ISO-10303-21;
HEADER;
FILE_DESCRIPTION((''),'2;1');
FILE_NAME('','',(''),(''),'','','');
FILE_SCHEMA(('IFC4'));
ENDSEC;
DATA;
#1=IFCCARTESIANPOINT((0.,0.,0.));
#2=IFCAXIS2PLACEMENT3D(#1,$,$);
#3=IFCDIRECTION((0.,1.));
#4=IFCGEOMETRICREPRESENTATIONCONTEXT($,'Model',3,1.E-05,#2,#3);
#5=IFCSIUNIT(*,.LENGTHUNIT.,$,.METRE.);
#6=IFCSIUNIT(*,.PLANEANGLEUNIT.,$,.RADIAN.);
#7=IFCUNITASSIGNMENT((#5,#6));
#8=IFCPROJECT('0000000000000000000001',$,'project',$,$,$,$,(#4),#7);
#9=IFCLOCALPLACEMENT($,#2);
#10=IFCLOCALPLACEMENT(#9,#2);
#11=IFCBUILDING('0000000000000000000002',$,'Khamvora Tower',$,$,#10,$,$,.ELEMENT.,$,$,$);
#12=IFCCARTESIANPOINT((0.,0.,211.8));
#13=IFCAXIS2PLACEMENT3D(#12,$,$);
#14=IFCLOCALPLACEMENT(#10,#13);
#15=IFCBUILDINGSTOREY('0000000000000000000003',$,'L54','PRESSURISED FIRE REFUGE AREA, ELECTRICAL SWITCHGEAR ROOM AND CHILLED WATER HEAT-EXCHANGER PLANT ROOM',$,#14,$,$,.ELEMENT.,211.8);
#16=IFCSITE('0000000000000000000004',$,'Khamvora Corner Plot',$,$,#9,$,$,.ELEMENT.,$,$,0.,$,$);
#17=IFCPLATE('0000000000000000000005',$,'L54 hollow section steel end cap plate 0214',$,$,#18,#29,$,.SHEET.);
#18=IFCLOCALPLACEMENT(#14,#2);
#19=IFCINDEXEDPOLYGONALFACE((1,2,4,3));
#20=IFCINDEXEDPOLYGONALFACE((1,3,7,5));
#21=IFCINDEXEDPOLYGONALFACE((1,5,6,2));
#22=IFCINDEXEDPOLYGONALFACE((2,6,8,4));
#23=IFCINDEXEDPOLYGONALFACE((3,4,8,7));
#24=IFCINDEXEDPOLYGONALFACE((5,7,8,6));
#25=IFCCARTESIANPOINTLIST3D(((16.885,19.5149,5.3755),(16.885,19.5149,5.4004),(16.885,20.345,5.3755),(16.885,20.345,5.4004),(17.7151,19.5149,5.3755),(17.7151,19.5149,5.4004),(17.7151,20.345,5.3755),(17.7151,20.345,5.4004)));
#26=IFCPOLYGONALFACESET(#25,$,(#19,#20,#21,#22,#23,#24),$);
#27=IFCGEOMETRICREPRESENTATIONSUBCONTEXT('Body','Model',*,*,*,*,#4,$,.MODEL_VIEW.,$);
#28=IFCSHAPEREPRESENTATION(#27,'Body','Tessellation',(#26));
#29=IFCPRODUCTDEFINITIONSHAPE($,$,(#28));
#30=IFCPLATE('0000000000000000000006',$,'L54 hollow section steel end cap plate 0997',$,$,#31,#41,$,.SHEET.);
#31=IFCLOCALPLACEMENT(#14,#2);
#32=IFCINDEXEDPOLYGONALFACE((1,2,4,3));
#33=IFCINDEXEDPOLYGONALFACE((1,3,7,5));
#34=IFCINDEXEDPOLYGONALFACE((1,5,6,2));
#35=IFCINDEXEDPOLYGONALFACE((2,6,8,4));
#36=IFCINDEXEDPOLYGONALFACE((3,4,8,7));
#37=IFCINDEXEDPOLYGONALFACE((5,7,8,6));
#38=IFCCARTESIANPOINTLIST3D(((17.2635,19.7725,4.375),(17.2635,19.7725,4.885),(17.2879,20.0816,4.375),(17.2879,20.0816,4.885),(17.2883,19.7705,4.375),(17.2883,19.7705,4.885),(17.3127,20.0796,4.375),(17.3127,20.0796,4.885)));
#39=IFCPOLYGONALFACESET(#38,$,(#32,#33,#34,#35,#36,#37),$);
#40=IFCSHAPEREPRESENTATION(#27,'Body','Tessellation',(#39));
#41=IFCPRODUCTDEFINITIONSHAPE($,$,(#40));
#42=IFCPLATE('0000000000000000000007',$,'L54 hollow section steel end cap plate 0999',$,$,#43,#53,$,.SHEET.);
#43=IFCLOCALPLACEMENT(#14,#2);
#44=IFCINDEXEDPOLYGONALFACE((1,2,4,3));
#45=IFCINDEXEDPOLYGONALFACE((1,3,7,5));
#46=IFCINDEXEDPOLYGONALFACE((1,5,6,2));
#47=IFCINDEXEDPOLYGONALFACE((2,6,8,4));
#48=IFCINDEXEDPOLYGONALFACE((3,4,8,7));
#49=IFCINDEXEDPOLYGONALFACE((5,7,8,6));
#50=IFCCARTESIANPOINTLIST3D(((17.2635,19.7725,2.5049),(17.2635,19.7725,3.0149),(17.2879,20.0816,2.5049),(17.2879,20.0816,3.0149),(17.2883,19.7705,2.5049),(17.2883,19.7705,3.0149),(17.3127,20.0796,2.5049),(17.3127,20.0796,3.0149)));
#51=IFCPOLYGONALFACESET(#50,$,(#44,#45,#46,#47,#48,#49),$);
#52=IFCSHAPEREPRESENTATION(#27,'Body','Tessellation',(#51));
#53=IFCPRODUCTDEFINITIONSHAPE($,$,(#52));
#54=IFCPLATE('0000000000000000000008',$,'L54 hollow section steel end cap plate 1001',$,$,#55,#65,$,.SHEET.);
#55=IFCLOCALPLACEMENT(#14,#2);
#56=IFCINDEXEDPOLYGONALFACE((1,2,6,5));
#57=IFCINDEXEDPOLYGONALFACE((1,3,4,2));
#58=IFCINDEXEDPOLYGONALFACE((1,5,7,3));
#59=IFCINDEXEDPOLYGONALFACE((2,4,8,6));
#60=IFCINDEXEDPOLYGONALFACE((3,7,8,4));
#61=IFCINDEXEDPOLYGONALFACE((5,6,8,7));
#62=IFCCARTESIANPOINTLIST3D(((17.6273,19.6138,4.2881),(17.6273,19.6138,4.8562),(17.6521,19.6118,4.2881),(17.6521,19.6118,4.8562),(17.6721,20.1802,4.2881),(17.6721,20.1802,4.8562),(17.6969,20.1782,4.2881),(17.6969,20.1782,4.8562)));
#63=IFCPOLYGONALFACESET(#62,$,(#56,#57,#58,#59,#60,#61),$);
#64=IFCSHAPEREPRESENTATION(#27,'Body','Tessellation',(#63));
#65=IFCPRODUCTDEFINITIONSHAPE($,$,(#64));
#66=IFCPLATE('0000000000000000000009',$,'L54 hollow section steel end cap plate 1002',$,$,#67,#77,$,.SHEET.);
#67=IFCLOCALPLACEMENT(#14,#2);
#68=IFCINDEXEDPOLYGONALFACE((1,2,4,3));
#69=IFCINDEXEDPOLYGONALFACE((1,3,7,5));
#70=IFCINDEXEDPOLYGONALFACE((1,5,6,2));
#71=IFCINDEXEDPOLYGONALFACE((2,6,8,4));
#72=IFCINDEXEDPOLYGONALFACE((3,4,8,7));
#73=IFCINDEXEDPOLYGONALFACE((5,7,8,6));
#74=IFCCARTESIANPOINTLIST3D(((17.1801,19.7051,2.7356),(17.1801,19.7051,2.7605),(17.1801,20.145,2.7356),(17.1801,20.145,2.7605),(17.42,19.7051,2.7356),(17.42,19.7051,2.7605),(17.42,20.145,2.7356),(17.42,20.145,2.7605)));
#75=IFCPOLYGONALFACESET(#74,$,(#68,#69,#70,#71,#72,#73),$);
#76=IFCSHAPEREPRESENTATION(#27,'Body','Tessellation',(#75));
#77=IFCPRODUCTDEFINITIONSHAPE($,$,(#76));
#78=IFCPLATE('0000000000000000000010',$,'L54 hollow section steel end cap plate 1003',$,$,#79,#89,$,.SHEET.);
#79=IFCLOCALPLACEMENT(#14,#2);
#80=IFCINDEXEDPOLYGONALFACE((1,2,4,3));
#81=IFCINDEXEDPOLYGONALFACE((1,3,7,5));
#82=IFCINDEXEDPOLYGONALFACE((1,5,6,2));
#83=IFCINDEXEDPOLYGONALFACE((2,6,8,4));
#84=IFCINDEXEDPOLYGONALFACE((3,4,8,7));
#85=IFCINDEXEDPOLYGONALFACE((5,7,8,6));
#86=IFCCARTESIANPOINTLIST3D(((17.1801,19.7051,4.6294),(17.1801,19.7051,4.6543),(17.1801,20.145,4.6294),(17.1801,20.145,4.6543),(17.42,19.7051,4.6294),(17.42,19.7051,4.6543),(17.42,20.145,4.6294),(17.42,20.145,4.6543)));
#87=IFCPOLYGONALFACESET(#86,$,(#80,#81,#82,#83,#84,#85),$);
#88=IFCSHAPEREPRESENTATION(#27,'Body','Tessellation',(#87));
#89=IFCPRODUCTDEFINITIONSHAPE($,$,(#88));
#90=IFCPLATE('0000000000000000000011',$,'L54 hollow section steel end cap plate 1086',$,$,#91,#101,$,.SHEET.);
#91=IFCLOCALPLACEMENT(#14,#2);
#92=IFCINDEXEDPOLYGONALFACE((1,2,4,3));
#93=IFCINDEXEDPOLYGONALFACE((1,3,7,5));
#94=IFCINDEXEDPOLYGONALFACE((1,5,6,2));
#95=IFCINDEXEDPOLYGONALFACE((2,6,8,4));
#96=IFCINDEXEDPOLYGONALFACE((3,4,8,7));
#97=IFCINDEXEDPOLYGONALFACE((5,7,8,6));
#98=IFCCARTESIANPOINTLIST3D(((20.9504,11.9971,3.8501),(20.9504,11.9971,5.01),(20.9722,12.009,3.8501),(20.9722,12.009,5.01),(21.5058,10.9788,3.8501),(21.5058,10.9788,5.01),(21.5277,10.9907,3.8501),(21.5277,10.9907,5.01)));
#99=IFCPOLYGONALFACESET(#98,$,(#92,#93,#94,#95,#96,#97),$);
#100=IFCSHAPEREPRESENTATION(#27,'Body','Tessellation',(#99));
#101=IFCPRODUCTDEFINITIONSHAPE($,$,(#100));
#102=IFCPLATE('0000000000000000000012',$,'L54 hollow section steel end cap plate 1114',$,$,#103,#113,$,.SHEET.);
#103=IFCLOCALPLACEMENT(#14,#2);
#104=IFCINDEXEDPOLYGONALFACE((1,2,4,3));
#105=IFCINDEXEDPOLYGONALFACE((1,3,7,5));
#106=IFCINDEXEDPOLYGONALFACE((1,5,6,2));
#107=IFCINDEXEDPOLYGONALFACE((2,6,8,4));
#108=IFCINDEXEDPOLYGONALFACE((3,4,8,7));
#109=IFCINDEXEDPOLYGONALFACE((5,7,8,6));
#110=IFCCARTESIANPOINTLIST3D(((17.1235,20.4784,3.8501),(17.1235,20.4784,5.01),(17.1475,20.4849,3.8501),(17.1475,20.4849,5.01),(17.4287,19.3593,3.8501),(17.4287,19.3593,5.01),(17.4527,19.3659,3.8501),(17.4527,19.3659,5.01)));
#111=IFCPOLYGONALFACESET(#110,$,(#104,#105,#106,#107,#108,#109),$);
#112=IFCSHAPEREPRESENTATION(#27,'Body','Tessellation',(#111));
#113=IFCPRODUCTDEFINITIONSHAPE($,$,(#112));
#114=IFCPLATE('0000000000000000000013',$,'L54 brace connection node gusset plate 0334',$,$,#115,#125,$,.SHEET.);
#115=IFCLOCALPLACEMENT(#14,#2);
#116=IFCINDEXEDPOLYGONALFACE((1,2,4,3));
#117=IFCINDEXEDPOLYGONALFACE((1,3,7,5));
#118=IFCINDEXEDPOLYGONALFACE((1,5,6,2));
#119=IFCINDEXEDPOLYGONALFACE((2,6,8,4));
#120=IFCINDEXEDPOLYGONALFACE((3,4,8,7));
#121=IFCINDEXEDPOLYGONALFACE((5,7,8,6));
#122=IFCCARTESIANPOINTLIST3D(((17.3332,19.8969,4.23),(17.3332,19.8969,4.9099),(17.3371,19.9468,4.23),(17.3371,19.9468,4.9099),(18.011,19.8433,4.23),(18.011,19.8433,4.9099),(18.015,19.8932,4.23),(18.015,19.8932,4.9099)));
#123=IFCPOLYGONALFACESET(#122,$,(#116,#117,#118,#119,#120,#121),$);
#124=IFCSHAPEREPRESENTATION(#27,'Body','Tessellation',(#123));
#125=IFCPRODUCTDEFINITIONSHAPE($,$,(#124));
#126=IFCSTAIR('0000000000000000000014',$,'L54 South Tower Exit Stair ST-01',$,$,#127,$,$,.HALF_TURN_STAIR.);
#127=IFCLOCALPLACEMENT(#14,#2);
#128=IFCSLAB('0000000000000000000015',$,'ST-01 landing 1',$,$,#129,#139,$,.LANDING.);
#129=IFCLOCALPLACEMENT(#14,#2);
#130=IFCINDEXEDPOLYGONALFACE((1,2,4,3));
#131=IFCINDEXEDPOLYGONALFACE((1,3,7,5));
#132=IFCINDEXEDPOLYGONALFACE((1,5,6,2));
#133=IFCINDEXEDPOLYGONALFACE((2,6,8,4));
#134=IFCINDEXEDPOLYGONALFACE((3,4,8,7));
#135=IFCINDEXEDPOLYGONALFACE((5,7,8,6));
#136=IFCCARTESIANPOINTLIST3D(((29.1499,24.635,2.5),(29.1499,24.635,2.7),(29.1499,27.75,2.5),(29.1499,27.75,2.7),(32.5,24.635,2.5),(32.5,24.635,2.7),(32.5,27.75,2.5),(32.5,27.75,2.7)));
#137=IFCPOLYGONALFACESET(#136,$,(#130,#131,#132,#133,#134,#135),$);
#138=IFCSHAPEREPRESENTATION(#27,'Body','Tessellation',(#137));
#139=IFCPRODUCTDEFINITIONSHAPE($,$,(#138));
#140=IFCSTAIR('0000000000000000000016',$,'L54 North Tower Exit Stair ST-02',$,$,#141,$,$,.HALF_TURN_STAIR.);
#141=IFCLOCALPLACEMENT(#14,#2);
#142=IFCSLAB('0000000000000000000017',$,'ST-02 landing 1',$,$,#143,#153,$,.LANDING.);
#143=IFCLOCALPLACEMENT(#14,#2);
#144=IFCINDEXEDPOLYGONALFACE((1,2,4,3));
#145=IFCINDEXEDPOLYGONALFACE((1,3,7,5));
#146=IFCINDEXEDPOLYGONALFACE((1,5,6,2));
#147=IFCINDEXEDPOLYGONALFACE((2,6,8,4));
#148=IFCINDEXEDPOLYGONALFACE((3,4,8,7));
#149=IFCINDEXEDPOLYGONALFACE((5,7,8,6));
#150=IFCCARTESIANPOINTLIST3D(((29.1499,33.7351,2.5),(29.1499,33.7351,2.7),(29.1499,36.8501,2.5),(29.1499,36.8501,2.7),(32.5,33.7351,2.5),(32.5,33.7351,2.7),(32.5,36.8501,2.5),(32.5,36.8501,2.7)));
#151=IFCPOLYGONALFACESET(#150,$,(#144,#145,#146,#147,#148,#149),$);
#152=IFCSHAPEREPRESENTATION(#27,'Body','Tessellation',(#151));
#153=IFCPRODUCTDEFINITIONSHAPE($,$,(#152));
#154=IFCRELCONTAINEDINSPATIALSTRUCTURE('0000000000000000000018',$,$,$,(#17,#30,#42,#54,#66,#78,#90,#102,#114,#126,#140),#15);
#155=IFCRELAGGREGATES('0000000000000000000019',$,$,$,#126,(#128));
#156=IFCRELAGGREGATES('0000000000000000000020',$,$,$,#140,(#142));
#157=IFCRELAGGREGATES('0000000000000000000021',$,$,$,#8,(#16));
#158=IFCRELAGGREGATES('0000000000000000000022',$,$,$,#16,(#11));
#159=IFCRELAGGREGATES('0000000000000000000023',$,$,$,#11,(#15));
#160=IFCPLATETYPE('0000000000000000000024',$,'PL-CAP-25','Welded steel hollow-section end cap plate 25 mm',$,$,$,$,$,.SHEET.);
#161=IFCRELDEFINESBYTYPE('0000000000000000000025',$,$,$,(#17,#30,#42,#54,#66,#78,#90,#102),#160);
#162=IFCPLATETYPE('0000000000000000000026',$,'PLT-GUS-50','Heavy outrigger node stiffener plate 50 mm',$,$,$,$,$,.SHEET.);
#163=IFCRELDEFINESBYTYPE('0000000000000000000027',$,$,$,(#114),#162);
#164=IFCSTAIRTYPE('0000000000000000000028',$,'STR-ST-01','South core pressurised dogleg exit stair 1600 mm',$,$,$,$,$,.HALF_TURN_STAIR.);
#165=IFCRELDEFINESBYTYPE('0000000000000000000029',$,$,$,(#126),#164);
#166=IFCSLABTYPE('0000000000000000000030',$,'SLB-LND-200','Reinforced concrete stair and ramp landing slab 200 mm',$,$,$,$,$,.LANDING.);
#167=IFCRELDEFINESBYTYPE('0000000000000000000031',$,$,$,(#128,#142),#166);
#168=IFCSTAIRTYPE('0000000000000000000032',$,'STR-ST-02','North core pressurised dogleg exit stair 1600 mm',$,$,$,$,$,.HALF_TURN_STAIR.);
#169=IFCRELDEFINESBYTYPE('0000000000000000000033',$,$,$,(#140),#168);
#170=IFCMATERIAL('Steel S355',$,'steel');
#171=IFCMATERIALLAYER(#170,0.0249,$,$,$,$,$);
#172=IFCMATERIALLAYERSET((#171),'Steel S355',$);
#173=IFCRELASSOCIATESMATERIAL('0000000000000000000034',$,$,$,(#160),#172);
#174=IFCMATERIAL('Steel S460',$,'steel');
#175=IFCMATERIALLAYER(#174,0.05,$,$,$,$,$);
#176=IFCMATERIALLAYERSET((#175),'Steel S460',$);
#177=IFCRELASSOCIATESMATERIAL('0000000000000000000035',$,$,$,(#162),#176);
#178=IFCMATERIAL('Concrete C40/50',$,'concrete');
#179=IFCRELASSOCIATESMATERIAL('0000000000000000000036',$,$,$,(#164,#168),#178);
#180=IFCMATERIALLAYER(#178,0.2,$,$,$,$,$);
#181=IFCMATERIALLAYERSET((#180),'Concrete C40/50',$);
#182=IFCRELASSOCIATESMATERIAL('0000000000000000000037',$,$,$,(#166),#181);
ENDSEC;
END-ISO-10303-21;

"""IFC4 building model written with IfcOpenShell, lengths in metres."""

from ifc_helpers import new_model, si_unit, direction, frame, origin, origin_2d, place, context, subcontext, project, spatial, polyline, rectangle, outline, extrude, material, layer, layer_set, type_object, element, aggregate, save


model = new_model("IFC4")

# Units and contexts
model_context = context("Model", 3, precision=1e-05, world=origin(), true_north=direction((0.0, 1.0)))
body_context = subcontext(model_context, "Body", "Model", "MODEL_VIEW")
ifc_project = project(units=[si_unit("LENGTHUNIT", "METRE"), si_unit("PLANEANGLEUNIT", "RADIAN")], contexts=[model_context])

# Site, building, storey
site_placement = place(None, origin())
site = spatial("IfcSite", under=ifc_project, at=site_placement, Name="Khamvora Corner Plot", CompositionType="ELEMENT", RefElevation=0.0)
building_placement = place(site_placement, origin())
building = spatial("IfcBuilding", under=site, at=building_placement, Name="Khamvora Tower", CompositionType="ELEMENT")
storey_placement = place(building_placement, frame((0.0, 0.0, 211.8)))
storey = spatial("IfcBuildingStorey", under=building, at=storey_placement, Name="L54", Description="PRESSURISED FIRE REFUGE AREA, ELECTRICAL SWITCHGEAR ROOM AND CHILLED WATER HEAT-EXCHANGER PLANT ROOM", CompositionType="ELEMENT", Elevation=211.8)

# Shared definitions
ifc_material_1 = material(Name="Steel S355", Category="steel")

# Shared definitions
ifc_material_2 = material(Name="Steel S460", Category="steel")

# Plates
ifc_layer_1 = layer(ifc_material_1, 0.0249)
ifc_layer_set_1 = layer_set([ifc_layer_1], Name="Steel S355")
plate_type_1 = type_object("IfcPlateType", Name="PL-CAP-25", Description="Welded steel hollow-section end cap plate 25 mm", PredefinedType="SHEET", material=ifc_layer_set_1)
for number, where, z_axis, x_axis, name in (
    (1, (17.3, 19.9299, 5.3755), (0.0, 0.0, 1.0), (1.0, 0.0, 0.0), "L54 hollow section steel end cap plate 0214"),
):
    element("IfcPlate", number, at=place(storey_placement, frame(where, z_axis=z_axis, x_axis=x_axis)), inside=storey, type_object=plate_type_1, Name=name, PredefinedType="SHEET", context=body_context, shape_type="SweptSolid", body=[
        extrude(rectangle(XDim=0.8301, YDim=0.8301, at=origin_2d()), origin(), (0.0, 0.0, 1.0), 0.0249),
    ])
for number, where, z_axis, x_axis, name in (
    (2, (17.2881, 19.926, 4.375), (0.0, 0.0, 1.0), (-0.99689, 0.078807, 0.0), "L54 hollow section steel end cap plate 0997"),
    (3, (17.2881, 19.926, 2.5049), (0.0, 0.0, 1.0), (-0.99689, 0.078807, 0.0), "L54 hollow section steel end cap plate 0999"),
):
    element("IfcPlate", number, at=place(storey_placement, frame(where, z_axis=z_axis, x_axis=x_axis)), inside=storey, type_object=plate_type_1, Name=name, PredefinedType="SHEET", context=body_context, shape_type="SweptSolid", body=[
        extrude(rectangle(XDim=0.0249, YDim=0.3101, at=origin_2d()), origin(), (0.0, 0.0, 1.0), 0.51),
    ])
plate_1_placement = place(storey_placement, frame((17.6621, 19.896, 4.2881), z_axis=(0.0, 0.0, 1.0), x_axis=(-0.99689, 0.078807, 0.0)))
element("IfcPlate", 4, at=plate_1_placement, inside=storey, type_object=plate_type_1, Name="L54 hollow section steel end cap plate 1001", PredefinedType="SHEET", context=body_context, shape_type="SweptSolid", body=[
    extrude(rectangle(XDim=0.0249, YDim=0.5681, at=origin_2d()), origin(), (0.0, 0.0, 1.0), 0.5681),
])
for number, where, z_axis, x_axis, name in (
    (5, (17.3, 19.925, 2.7356), (0.0, 0.0, 1.0), (1.0, 0.0, 0.0), "L54 hollow section steel end cap plate 1002"),
    (6, (17.3, 19.925, 4.6294), (0.0, 0.0, 1.0), (1.0, 0.0, 0.0), "L54 hollow section steel end cap plate 1003"),
):
    element("IfcPlate", number, at=place(storey_placement, frame(where, z_axis=z_axis, x_axis=x_axis)), inside=storey, type_object=plate_type_1, Name=name, PredefinedType="SHEET", context=body_context, shape_type="SweptSolid", body=[
        extrude(rectangle(XDim=0.24, YDim=0.4399, at=origin_2d()), origin(), (0.0, 0.0, 1.0), 0.0249),
    ])
for number, where, z_axis, x_axis, name in (
    (7, (21.239, 11.4939, 3.8501), (0.0, 0.0, 1.0), (0.877899, 0.478845, 0.0), "L54 hollow section steel end cap plate 1086"),
    (8, (17.2881, 19.9221, 3.8501), (0.0, 0.0, 1.0), (0.964764, 0.263115, 0.0), "L54 hollow section steel end cap plate 1114"),
):
    element("IfcPlate", number, at=place(storey_placement, frame(where, z_axis=z_axis, x_axis=x_axis)), inside=storey, type_object=plate_type_1, Name=name, PredefinedType="SHEET", context=body_context, shape_type="SweptSolid", body=[
        extrude(rectangle(XDim=0.0249, YDim=1.1599, at=origin_2d()), origin(), (0.0, 0.0, 1.0), 1.1599),
    ])
ifc_layer_2 = layer(ifc_material_2, 0.05)
ifc_layer_set_2 = layer_set([ifc_layer_2], Name="Steel S460")
plate_type_2 = type_object("IfcPlateType", Name="PLT-GUS-50", Description="Heavy outrigger node stiffener plate 50 mm", PredefinedType="SHEET", material=ifc_layer_set_2)
plate_2_placement = place(storey_placement, frame((17.6741, 19.895, 4.23), z_axis=(0.0, 0.0, 1.0), x_axis=(-0.99689, 0.078807, 0.0)))
element("IfcPlate", 9, at=plate_2_placement, inside=storey, type_object=plate_type_2, Name="L54 brace connection node gusset plate 0334", PredefinedType="SHEET", context=body_context, shape_type="SweptSolid", body=[
    extrude(rectangle(XDim=0.6799, YDim=0.05, at=origin_2d()), origin(), (0.0, 0.0, 1.0), 0.6799),
])

# Stairs, slabs
ifc_material_3 = material(Name="Concrete C40/50", Category="concrete")
stair_type_1 = type_object("IfcStairType", Name="STR-ST-01", Description="South core pressurised dogleg exit stair 1600 mm", PredefinedType="HALF_TURN_STAIR", material=ifc_material_3)
stair_1_placement = place(storey_placement, origin())
stair_1 = element("IfcStair", 10, at=stair_1_placement, inside=storey, type_object=stair_type_1, Name="L54 South Tower Exit Stair ST-01", PredefinedType="HALF_TURN_STAIR")
ifc_layer_3 = layer(ifc_material_3, 0.2)
ifc_layer_set_3 = layer_set([ifc_layer_3], Name="Concrete C40/50")
slab_type_1 = type_object("IfcSlabType", Name="SLB-LND-200", Description="Reinforced concrete stair and ramp landing slab 200 mm", PredefinedType="LANDING", material=ifc_layer_set_3)
slab_1_placement = place(storey_placement, frame((0.0, 0.0, 2.5)))
slab_1 = element("IfcSlab", 11, at=slab_1_placement, type_object=slab_type_1, Name="ST-01 landing 1", PredefinedType="LANDING", context=body_context, shape_type="SweptSolid", body=[
    extrude(outline(polyline([(32.5, 24.635), (32.5, 27.75), (29.1499, 27.75), (29.1499, 24.635), (32.5, 24.635)])), origin(), (0.0, 0.0, 1.0), 0.2),
])
aggregate(stair_1, [slab_1])
stair_type_2 = type_object("IfcStairType", Name="STR-ST-02", Description="North core pressurised dogleg exit stair 1600 mm", PredefinedType="HALF_TURN_STAIR", material=ifc_material_3)
stair_2_placement = place(storey_placement, origin())
stair_2 = element("IfcStair", 12, at=stair_2_placement, inside=storey, type_object=stair_type_2, Name="L54 North Tower Exit Stair ST-02", PredefinedType="HALF_TURN_STAIR")
slab_2_placement = place(storey_placement, frame((0.0, 0.0, 2.5)))
slab_2 = element("IfcSlab", 13, at=slab_2_placement, type_object=slab_type_1, Name="ST-02 landing 1", PredefinedType="LANDING", context=body_context, shape_type="SweptSolid", body=[
    extrude(outline(polyline([(32.5, 33.7351), (32.5, 36.8501), (29.1499, 36.8501), (29.1499, 33.7351), (32.5, 33.7351)])), origin(), (0.0, 0.0, 1.0), 0.2),
])
aggregate(stair_2, [slab_2])

save(model, "model.ifc")
